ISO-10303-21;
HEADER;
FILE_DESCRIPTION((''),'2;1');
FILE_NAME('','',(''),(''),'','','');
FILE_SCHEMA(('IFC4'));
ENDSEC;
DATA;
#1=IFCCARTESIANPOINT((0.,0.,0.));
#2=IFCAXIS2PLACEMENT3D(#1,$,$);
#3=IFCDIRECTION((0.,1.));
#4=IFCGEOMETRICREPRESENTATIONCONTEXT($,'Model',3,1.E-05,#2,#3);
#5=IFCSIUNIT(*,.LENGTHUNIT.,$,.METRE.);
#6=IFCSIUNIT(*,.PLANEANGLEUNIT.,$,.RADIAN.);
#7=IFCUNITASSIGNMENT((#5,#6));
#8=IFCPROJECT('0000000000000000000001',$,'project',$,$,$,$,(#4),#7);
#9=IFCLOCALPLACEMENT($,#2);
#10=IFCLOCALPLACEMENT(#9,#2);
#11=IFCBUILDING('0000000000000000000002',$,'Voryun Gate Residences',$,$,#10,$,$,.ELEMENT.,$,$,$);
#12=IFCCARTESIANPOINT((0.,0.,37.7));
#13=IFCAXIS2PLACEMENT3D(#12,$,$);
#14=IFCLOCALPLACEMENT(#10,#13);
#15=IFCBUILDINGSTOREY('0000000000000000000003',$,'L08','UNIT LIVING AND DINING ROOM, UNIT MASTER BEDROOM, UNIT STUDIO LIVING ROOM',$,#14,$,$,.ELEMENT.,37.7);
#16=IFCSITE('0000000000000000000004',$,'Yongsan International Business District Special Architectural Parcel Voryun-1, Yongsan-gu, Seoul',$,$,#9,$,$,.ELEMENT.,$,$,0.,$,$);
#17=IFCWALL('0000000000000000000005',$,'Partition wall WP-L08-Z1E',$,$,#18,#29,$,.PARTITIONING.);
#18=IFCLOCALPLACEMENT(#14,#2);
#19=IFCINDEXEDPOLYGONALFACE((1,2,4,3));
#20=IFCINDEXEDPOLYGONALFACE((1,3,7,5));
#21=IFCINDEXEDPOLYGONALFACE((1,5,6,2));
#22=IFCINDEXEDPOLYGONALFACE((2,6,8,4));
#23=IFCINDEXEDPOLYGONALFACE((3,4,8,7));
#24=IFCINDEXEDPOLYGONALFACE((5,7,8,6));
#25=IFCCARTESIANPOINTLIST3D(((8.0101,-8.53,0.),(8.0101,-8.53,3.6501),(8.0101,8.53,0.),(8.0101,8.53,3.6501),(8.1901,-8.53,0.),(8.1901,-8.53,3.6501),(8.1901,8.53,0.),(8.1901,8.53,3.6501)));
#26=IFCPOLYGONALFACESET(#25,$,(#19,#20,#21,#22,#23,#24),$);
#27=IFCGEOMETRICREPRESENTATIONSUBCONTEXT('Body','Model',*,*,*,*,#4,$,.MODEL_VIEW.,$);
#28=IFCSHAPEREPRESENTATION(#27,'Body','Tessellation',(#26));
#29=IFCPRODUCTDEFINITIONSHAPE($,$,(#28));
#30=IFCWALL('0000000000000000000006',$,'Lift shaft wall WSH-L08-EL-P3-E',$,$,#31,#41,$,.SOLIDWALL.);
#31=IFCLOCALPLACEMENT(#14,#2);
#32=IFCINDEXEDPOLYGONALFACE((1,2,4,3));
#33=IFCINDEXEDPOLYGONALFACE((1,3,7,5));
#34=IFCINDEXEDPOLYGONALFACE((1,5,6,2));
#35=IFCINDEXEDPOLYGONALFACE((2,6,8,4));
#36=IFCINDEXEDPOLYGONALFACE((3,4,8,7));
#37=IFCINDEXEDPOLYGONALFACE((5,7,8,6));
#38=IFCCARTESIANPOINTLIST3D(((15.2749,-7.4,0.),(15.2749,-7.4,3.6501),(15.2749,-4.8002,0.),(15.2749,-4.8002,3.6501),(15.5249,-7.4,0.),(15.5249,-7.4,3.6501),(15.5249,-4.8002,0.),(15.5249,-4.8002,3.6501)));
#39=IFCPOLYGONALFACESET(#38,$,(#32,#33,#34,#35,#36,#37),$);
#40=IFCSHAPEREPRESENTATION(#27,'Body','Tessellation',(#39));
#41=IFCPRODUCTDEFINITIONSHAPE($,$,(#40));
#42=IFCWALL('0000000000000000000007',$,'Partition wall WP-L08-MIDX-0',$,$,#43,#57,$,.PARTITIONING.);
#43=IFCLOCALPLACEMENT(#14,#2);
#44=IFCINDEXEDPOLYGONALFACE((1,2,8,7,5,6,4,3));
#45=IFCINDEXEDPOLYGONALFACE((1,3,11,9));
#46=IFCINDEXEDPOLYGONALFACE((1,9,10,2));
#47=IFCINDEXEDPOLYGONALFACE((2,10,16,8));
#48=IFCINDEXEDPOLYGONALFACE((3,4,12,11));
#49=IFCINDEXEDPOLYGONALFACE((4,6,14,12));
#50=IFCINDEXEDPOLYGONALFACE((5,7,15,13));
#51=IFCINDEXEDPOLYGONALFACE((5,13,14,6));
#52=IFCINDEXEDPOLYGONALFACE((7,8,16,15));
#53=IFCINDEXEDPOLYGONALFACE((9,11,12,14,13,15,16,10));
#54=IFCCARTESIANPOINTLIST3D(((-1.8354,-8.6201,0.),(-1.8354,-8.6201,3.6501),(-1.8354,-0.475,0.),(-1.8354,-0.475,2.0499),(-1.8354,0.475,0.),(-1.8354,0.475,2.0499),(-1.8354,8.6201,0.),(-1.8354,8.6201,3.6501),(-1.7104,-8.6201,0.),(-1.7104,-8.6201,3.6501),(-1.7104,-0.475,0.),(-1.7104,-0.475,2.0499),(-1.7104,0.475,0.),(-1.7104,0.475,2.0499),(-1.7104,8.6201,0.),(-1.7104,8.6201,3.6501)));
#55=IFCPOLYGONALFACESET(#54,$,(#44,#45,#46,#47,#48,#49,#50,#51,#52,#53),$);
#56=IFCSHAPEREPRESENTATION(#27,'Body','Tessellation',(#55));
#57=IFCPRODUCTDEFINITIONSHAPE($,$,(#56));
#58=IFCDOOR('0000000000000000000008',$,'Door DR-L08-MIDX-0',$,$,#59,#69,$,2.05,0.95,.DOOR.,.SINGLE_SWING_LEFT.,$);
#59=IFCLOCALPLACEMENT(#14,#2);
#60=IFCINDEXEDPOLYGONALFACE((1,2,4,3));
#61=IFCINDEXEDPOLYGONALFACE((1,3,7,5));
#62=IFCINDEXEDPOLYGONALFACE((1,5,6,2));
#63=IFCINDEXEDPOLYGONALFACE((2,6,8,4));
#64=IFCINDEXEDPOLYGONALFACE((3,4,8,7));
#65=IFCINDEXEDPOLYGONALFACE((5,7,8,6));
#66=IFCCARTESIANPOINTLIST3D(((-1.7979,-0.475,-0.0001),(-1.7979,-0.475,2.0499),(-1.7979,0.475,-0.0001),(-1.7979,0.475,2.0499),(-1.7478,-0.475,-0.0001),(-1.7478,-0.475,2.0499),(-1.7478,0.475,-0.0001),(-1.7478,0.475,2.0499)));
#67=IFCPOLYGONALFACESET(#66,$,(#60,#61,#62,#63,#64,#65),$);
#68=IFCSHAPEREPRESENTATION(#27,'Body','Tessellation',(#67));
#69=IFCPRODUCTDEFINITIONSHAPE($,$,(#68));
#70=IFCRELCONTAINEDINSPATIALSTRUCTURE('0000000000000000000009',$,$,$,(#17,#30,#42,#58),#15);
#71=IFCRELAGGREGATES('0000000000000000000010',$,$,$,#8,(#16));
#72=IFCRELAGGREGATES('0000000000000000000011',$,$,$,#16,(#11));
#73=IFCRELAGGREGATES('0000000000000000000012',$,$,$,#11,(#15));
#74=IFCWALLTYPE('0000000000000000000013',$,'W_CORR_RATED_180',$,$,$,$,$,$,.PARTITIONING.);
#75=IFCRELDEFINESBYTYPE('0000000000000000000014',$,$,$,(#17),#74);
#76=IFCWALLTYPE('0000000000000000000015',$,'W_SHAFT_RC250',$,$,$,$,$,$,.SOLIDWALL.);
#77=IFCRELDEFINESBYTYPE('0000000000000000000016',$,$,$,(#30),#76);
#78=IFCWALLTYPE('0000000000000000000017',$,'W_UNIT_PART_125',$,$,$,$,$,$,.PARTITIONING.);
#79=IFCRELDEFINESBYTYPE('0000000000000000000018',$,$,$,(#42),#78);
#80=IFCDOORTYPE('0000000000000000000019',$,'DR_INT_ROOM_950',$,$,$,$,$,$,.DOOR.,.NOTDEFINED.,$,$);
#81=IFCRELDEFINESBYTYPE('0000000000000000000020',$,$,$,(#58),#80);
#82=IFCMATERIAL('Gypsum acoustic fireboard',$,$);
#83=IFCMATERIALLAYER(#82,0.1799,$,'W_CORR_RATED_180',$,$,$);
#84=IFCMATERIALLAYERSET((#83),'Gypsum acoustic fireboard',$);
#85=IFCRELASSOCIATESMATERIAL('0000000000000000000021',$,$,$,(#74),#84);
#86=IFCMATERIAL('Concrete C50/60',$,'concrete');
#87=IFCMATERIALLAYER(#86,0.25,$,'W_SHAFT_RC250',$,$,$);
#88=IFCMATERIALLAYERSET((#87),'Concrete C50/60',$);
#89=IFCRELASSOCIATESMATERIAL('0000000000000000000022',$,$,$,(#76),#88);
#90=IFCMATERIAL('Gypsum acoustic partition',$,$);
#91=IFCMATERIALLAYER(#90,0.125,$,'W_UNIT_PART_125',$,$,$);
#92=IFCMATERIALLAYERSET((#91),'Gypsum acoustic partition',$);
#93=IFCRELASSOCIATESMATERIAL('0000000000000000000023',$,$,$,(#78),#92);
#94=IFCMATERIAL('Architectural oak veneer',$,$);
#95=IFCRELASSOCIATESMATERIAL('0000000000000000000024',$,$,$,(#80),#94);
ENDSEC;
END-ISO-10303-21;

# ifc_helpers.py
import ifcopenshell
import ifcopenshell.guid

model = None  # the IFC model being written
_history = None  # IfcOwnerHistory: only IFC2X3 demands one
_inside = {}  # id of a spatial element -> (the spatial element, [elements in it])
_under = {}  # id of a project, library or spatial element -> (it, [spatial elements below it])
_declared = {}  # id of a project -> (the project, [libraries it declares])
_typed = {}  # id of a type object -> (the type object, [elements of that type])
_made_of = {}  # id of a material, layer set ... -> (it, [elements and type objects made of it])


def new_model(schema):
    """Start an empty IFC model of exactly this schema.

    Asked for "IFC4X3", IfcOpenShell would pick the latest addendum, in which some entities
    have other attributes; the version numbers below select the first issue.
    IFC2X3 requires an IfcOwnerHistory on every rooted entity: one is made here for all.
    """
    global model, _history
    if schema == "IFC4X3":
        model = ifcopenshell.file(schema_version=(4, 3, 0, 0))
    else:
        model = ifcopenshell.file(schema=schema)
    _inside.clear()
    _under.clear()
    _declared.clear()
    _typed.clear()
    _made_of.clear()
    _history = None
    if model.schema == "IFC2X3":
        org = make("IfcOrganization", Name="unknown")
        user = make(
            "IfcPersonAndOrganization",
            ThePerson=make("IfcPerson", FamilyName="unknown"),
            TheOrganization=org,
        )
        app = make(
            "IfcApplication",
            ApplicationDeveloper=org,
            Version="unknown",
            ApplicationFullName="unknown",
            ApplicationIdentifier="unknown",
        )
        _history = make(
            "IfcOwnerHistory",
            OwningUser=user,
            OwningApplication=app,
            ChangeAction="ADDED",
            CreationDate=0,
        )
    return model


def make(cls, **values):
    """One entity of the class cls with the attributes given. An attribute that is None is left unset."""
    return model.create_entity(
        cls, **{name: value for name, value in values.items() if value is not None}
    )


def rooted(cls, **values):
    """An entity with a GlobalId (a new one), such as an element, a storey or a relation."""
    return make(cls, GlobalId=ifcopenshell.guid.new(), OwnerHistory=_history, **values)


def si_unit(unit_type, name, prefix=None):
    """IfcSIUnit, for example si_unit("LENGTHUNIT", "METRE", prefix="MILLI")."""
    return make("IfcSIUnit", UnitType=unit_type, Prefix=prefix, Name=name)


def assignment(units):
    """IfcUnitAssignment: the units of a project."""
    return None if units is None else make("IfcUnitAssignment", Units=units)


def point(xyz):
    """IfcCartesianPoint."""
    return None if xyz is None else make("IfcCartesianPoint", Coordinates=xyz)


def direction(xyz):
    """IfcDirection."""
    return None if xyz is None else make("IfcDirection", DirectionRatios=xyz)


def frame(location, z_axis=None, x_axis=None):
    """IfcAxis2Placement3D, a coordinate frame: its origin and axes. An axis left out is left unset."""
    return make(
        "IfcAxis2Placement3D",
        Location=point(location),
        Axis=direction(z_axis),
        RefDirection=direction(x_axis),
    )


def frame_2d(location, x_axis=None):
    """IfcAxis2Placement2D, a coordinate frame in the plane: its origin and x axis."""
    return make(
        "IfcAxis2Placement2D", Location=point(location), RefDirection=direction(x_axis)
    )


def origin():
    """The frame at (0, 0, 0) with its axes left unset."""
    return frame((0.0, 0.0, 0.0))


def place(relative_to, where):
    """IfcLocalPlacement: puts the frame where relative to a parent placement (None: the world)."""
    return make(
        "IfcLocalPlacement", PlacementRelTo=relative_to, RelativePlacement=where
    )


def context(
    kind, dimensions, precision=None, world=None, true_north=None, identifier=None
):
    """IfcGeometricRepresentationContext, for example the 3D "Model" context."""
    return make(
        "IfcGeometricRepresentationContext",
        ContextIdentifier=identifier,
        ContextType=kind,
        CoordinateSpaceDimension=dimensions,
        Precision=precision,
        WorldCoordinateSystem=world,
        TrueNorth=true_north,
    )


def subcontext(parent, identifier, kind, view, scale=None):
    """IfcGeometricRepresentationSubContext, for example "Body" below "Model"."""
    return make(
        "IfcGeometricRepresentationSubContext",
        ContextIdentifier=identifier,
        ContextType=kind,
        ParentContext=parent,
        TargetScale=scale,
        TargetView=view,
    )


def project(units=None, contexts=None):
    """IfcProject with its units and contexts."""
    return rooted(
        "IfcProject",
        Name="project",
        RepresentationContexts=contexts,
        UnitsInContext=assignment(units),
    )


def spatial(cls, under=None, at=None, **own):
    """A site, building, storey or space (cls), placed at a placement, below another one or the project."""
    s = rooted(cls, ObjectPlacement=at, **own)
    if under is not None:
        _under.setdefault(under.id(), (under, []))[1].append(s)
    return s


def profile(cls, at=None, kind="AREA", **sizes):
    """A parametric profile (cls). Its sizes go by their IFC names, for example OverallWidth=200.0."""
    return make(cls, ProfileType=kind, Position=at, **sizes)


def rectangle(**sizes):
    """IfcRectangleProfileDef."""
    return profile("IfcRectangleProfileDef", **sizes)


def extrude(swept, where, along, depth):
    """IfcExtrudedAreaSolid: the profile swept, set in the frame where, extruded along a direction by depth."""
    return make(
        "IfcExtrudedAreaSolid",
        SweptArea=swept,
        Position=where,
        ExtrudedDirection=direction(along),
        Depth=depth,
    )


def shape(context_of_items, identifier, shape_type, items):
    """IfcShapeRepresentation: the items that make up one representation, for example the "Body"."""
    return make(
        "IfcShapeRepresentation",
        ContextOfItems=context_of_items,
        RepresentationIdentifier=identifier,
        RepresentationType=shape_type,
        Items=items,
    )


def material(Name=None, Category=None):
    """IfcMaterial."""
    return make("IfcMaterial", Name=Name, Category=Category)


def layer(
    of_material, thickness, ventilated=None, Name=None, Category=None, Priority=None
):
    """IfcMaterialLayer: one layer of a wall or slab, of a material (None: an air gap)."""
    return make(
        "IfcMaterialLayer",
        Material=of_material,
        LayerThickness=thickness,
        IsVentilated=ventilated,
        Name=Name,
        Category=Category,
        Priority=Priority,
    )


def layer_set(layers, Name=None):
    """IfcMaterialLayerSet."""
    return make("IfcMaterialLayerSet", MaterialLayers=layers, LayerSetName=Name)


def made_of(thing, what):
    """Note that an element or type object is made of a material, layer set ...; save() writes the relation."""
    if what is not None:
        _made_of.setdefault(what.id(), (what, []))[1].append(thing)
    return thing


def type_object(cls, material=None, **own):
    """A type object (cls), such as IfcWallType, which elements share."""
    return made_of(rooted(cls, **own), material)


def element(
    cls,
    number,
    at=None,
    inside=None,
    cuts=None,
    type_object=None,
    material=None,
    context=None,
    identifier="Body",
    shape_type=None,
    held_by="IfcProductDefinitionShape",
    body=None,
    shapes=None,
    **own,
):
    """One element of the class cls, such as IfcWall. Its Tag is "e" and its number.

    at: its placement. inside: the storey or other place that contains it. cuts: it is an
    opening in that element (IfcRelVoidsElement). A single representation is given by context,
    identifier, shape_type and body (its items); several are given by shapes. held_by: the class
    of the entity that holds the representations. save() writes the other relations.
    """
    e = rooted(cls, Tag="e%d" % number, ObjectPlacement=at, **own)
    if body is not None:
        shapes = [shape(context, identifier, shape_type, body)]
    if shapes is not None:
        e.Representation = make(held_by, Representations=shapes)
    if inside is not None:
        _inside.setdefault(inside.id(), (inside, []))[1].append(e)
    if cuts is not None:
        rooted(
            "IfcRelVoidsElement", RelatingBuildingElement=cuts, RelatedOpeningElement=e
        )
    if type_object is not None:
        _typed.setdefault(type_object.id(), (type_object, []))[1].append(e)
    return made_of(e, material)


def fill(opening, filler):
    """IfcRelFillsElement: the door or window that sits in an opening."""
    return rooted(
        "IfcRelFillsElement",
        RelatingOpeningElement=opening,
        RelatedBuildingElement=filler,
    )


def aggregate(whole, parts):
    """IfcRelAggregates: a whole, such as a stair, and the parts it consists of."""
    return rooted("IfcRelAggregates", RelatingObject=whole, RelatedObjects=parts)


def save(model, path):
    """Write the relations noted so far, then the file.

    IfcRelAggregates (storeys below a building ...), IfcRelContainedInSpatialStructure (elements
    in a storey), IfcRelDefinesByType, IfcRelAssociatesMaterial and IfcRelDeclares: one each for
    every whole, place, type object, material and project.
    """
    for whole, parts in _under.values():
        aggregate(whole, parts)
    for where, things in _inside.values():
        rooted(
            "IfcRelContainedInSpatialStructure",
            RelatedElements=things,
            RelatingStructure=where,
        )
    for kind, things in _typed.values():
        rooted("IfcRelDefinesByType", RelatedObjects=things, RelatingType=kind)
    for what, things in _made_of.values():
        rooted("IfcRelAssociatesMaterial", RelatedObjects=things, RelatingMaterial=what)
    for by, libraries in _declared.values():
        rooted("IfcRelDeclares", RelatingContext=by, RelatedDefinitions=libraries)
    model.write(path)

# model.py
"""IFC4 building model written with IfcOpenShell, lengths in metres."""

from ifc_helpers import new_model, si_unit, direction, frame, frame_2d, origin, place, context, subcontext, project, spatial, rectangle, extrude, material, layer, layer_set, type_object, element, fill, save


model = new_model("IFC4")

# Units and contexts
model_context = context("Model", 3, precision=1e-05, world=origin(), true_north=direction((0.0, 1.0)))
body_context = subcontext(model_context, "Body", "Model", "MODEL_VIEW")
ifc_project = project(units=[si_unit("LENGTHUNIT", "METRE"), si_unit("PLANEANGLEUNIT", "RADIAN")], contexts=[model_context])

# Site, building, storey
site_placement = place(None, origin())
site = spatial("IfcSite", under=ifc_project, at=site_placement, Name="Yongsan International Business District Special Architectural Parcel Voryun-1, Yongsan-gu, Seoul", CompositionType="ELEMENT", RefElevation=0.0)
building_placement = place(site_placement, origin())
building = spatial("IfcBuilding", under=site, at=building_placement, Name="Voryun Gate Residences", CompositionType="ELEMENT")
storey_placement = place(building_placement, frame((0.0, 0.0, 37.7)))
storey = spatial("IfcBuildingStorey", under=building, at=storey_placement, Name="L08", Description="UNIT LIVING AND DINING ROOM, UNIT MASTER BEDROOM, UNIT STUDIO LIVING ROOM", CompositionType="ELEMENT", Elevation=37.7)

# Shared definitions
ifc_material_1 = material(Name="Gypsum acoustic fireboard")
ifc_layer_1 = layer(ifc_material_1, 0.1799, Name="W_CORR_RATED_180")
ifc_layer_set_1 = layer_set([ifc_layer_1], Name="Gypsum acoustic fireboard")
wall_type_1 = type_object("IfcWallType", Name="W_CORR_RATED_180", PredefinedType="PARTITIONING", material=ifc_layer_set_1)

# Walls
wall_1_placement = place(storey_placement, frame((8.1001, -8.53, 0.0), z_axis=(0.0, 0.0, 1.0), x_axis=(0.0, 1.0, 0.0)))
element("IfcWall", 1, at=wall_1_placement, inside=storey, type_object=wall_type_1, Name="Partition wall WP-L08-Z1E", PredefinedType="PARTITIONING", context=body_context, shape_type="SweptSolid", body=[
    extrude(rectangle(XDim=17.0601, YDim=0.1799, at=frame_2d((8.53, 0.0))), origin(), (0.0, 0.0, 1.0), 3.6501),
])
ifc_material_2 = material(Name="Concrete C50/60", Category="concrete")
ifc_layer_2 = layer(ifc_material_2, 0.25, Name="W_SHAFT_RC250")
ifc_layer_set_2 = layer_set([ifc_layer_2], Name="Concrete C50/60")
wall_type_2 = type_object("IfcWallType", Name="W_SHAFT_RC250", PredefinedType="SOLIDWALL", material=ifc_layer_set_2)
wall_2_placement = place(storey_placement, frame((15.3999, -7.3999, 0.0), z_axis=(0.0, 0.0, 1.0), x_axis=(0.0, 1.0, 0.0)))
element("IfcWall", 2, at=wall_2_placement, inside=storey, type_object=wall_type_2, Name="Lift shaft wall WSH-L08-EL-P3-E", PredefinedType="SOLIDWALL", context=body_context, shape_type="SweptSolid", body=[
    extrude(rectangle(XDim=2.5999, YDim=0.25, at=frame_2d((1.2998, 0.0))), origin(), (0.0, 0.0, 1.0), 3.6501),
])

# Wall, opening, door
ifc_material_3 = material(Name="Gypsum acoustic partition")
ifc_layer_3 = layer(ifc_material_3, 0.125, Name="W_UNIT_PART_125")
ifc_layer_set_3 = layer_set([ifc_layer_3], Name="Gypsum acoustic partition")
wall_type_3 = type_object("IfcWallType", Name="W_UNIT_PART_125", PredefinedType="PARTITIONING", material=ifc_layer_set_3)
wall_3_placement = place(storey_placement, frame((-1.7729, -8.6201, 0.0), z_axis=(0.0, 0.0, 1.0), x_axis=(0.0, 1.0, 0.0)))
wall_3 = element("IfcWall", 3, at=wall_3_placement, inside=storey, type_object=wall_type_3, Name="Partition wall WP-L08-MIDX-0", PredefinedType="PARTITIONING", context=body_context, shape_type="SweptSolid", body=[
    extrude(rectangle(XDim=17.2402, YDim=0.125, at=frame_2d((8.6201, 0.0))), origin(), (0.0, 0.0, 1.0), 3.6501),
])
opening_1_placement = place(wall_3_placement, frame((8.145, 0.0, 0.0)))
opening_1 = element("IfcOpeningElement", 4, at=opening_1_placement, cuts=wall_3, PredefinedType="OPENING", context=body_context, shape_type="SweptSolid", body=[
    extrude(rectangle(XDim=0.95, YDim=2.05, at=frame_2d((0.4751, 1.0249))), frame((0.0, 0.0725, 0.0), z_axis=(0.0, -1.0, 0.0), x_axis=(1.0, 0.0, 0.0)), (0.0, 0.0, 1.0), 0.145),
])
ifc_material_4 = material(Name="Architectural oak veneer")
door_type_1 = type_object("IfcDoorType", Name="DR_INT_ROOM_950", OperationType="NOTDEFINED", PredefinedType="DOOR", material=ifc_material_4)
door_1_placement = place(opening_1_placement, origin())
door_1 = element("IfcDoor", 5, at=door_1_placement, inside=storey, type_object=door_type_1, Name="Door DR-L08-MIDX-0", OperationType="SINGLE_SWING_LEFT", OverallHeight=2.05, OverallWidth=0.95, PredefinedType="DOOR", context=body_context, shape_type="SweptSolid", body=[
    extrude(rectangle(XDim=0.95, YDim=2.05, at=frame_2d((0.4751, 1.0249))), frame((0.0, 0.0249, 0.0), z_axis=(0.0, -1.0, 0.0), x_axis=(1.0, 0.0, 0.0)), (0.0, 0.0, 1.0), 0.05),
])
fill(opening_1, door_1)

save(model, "model.ifc")
